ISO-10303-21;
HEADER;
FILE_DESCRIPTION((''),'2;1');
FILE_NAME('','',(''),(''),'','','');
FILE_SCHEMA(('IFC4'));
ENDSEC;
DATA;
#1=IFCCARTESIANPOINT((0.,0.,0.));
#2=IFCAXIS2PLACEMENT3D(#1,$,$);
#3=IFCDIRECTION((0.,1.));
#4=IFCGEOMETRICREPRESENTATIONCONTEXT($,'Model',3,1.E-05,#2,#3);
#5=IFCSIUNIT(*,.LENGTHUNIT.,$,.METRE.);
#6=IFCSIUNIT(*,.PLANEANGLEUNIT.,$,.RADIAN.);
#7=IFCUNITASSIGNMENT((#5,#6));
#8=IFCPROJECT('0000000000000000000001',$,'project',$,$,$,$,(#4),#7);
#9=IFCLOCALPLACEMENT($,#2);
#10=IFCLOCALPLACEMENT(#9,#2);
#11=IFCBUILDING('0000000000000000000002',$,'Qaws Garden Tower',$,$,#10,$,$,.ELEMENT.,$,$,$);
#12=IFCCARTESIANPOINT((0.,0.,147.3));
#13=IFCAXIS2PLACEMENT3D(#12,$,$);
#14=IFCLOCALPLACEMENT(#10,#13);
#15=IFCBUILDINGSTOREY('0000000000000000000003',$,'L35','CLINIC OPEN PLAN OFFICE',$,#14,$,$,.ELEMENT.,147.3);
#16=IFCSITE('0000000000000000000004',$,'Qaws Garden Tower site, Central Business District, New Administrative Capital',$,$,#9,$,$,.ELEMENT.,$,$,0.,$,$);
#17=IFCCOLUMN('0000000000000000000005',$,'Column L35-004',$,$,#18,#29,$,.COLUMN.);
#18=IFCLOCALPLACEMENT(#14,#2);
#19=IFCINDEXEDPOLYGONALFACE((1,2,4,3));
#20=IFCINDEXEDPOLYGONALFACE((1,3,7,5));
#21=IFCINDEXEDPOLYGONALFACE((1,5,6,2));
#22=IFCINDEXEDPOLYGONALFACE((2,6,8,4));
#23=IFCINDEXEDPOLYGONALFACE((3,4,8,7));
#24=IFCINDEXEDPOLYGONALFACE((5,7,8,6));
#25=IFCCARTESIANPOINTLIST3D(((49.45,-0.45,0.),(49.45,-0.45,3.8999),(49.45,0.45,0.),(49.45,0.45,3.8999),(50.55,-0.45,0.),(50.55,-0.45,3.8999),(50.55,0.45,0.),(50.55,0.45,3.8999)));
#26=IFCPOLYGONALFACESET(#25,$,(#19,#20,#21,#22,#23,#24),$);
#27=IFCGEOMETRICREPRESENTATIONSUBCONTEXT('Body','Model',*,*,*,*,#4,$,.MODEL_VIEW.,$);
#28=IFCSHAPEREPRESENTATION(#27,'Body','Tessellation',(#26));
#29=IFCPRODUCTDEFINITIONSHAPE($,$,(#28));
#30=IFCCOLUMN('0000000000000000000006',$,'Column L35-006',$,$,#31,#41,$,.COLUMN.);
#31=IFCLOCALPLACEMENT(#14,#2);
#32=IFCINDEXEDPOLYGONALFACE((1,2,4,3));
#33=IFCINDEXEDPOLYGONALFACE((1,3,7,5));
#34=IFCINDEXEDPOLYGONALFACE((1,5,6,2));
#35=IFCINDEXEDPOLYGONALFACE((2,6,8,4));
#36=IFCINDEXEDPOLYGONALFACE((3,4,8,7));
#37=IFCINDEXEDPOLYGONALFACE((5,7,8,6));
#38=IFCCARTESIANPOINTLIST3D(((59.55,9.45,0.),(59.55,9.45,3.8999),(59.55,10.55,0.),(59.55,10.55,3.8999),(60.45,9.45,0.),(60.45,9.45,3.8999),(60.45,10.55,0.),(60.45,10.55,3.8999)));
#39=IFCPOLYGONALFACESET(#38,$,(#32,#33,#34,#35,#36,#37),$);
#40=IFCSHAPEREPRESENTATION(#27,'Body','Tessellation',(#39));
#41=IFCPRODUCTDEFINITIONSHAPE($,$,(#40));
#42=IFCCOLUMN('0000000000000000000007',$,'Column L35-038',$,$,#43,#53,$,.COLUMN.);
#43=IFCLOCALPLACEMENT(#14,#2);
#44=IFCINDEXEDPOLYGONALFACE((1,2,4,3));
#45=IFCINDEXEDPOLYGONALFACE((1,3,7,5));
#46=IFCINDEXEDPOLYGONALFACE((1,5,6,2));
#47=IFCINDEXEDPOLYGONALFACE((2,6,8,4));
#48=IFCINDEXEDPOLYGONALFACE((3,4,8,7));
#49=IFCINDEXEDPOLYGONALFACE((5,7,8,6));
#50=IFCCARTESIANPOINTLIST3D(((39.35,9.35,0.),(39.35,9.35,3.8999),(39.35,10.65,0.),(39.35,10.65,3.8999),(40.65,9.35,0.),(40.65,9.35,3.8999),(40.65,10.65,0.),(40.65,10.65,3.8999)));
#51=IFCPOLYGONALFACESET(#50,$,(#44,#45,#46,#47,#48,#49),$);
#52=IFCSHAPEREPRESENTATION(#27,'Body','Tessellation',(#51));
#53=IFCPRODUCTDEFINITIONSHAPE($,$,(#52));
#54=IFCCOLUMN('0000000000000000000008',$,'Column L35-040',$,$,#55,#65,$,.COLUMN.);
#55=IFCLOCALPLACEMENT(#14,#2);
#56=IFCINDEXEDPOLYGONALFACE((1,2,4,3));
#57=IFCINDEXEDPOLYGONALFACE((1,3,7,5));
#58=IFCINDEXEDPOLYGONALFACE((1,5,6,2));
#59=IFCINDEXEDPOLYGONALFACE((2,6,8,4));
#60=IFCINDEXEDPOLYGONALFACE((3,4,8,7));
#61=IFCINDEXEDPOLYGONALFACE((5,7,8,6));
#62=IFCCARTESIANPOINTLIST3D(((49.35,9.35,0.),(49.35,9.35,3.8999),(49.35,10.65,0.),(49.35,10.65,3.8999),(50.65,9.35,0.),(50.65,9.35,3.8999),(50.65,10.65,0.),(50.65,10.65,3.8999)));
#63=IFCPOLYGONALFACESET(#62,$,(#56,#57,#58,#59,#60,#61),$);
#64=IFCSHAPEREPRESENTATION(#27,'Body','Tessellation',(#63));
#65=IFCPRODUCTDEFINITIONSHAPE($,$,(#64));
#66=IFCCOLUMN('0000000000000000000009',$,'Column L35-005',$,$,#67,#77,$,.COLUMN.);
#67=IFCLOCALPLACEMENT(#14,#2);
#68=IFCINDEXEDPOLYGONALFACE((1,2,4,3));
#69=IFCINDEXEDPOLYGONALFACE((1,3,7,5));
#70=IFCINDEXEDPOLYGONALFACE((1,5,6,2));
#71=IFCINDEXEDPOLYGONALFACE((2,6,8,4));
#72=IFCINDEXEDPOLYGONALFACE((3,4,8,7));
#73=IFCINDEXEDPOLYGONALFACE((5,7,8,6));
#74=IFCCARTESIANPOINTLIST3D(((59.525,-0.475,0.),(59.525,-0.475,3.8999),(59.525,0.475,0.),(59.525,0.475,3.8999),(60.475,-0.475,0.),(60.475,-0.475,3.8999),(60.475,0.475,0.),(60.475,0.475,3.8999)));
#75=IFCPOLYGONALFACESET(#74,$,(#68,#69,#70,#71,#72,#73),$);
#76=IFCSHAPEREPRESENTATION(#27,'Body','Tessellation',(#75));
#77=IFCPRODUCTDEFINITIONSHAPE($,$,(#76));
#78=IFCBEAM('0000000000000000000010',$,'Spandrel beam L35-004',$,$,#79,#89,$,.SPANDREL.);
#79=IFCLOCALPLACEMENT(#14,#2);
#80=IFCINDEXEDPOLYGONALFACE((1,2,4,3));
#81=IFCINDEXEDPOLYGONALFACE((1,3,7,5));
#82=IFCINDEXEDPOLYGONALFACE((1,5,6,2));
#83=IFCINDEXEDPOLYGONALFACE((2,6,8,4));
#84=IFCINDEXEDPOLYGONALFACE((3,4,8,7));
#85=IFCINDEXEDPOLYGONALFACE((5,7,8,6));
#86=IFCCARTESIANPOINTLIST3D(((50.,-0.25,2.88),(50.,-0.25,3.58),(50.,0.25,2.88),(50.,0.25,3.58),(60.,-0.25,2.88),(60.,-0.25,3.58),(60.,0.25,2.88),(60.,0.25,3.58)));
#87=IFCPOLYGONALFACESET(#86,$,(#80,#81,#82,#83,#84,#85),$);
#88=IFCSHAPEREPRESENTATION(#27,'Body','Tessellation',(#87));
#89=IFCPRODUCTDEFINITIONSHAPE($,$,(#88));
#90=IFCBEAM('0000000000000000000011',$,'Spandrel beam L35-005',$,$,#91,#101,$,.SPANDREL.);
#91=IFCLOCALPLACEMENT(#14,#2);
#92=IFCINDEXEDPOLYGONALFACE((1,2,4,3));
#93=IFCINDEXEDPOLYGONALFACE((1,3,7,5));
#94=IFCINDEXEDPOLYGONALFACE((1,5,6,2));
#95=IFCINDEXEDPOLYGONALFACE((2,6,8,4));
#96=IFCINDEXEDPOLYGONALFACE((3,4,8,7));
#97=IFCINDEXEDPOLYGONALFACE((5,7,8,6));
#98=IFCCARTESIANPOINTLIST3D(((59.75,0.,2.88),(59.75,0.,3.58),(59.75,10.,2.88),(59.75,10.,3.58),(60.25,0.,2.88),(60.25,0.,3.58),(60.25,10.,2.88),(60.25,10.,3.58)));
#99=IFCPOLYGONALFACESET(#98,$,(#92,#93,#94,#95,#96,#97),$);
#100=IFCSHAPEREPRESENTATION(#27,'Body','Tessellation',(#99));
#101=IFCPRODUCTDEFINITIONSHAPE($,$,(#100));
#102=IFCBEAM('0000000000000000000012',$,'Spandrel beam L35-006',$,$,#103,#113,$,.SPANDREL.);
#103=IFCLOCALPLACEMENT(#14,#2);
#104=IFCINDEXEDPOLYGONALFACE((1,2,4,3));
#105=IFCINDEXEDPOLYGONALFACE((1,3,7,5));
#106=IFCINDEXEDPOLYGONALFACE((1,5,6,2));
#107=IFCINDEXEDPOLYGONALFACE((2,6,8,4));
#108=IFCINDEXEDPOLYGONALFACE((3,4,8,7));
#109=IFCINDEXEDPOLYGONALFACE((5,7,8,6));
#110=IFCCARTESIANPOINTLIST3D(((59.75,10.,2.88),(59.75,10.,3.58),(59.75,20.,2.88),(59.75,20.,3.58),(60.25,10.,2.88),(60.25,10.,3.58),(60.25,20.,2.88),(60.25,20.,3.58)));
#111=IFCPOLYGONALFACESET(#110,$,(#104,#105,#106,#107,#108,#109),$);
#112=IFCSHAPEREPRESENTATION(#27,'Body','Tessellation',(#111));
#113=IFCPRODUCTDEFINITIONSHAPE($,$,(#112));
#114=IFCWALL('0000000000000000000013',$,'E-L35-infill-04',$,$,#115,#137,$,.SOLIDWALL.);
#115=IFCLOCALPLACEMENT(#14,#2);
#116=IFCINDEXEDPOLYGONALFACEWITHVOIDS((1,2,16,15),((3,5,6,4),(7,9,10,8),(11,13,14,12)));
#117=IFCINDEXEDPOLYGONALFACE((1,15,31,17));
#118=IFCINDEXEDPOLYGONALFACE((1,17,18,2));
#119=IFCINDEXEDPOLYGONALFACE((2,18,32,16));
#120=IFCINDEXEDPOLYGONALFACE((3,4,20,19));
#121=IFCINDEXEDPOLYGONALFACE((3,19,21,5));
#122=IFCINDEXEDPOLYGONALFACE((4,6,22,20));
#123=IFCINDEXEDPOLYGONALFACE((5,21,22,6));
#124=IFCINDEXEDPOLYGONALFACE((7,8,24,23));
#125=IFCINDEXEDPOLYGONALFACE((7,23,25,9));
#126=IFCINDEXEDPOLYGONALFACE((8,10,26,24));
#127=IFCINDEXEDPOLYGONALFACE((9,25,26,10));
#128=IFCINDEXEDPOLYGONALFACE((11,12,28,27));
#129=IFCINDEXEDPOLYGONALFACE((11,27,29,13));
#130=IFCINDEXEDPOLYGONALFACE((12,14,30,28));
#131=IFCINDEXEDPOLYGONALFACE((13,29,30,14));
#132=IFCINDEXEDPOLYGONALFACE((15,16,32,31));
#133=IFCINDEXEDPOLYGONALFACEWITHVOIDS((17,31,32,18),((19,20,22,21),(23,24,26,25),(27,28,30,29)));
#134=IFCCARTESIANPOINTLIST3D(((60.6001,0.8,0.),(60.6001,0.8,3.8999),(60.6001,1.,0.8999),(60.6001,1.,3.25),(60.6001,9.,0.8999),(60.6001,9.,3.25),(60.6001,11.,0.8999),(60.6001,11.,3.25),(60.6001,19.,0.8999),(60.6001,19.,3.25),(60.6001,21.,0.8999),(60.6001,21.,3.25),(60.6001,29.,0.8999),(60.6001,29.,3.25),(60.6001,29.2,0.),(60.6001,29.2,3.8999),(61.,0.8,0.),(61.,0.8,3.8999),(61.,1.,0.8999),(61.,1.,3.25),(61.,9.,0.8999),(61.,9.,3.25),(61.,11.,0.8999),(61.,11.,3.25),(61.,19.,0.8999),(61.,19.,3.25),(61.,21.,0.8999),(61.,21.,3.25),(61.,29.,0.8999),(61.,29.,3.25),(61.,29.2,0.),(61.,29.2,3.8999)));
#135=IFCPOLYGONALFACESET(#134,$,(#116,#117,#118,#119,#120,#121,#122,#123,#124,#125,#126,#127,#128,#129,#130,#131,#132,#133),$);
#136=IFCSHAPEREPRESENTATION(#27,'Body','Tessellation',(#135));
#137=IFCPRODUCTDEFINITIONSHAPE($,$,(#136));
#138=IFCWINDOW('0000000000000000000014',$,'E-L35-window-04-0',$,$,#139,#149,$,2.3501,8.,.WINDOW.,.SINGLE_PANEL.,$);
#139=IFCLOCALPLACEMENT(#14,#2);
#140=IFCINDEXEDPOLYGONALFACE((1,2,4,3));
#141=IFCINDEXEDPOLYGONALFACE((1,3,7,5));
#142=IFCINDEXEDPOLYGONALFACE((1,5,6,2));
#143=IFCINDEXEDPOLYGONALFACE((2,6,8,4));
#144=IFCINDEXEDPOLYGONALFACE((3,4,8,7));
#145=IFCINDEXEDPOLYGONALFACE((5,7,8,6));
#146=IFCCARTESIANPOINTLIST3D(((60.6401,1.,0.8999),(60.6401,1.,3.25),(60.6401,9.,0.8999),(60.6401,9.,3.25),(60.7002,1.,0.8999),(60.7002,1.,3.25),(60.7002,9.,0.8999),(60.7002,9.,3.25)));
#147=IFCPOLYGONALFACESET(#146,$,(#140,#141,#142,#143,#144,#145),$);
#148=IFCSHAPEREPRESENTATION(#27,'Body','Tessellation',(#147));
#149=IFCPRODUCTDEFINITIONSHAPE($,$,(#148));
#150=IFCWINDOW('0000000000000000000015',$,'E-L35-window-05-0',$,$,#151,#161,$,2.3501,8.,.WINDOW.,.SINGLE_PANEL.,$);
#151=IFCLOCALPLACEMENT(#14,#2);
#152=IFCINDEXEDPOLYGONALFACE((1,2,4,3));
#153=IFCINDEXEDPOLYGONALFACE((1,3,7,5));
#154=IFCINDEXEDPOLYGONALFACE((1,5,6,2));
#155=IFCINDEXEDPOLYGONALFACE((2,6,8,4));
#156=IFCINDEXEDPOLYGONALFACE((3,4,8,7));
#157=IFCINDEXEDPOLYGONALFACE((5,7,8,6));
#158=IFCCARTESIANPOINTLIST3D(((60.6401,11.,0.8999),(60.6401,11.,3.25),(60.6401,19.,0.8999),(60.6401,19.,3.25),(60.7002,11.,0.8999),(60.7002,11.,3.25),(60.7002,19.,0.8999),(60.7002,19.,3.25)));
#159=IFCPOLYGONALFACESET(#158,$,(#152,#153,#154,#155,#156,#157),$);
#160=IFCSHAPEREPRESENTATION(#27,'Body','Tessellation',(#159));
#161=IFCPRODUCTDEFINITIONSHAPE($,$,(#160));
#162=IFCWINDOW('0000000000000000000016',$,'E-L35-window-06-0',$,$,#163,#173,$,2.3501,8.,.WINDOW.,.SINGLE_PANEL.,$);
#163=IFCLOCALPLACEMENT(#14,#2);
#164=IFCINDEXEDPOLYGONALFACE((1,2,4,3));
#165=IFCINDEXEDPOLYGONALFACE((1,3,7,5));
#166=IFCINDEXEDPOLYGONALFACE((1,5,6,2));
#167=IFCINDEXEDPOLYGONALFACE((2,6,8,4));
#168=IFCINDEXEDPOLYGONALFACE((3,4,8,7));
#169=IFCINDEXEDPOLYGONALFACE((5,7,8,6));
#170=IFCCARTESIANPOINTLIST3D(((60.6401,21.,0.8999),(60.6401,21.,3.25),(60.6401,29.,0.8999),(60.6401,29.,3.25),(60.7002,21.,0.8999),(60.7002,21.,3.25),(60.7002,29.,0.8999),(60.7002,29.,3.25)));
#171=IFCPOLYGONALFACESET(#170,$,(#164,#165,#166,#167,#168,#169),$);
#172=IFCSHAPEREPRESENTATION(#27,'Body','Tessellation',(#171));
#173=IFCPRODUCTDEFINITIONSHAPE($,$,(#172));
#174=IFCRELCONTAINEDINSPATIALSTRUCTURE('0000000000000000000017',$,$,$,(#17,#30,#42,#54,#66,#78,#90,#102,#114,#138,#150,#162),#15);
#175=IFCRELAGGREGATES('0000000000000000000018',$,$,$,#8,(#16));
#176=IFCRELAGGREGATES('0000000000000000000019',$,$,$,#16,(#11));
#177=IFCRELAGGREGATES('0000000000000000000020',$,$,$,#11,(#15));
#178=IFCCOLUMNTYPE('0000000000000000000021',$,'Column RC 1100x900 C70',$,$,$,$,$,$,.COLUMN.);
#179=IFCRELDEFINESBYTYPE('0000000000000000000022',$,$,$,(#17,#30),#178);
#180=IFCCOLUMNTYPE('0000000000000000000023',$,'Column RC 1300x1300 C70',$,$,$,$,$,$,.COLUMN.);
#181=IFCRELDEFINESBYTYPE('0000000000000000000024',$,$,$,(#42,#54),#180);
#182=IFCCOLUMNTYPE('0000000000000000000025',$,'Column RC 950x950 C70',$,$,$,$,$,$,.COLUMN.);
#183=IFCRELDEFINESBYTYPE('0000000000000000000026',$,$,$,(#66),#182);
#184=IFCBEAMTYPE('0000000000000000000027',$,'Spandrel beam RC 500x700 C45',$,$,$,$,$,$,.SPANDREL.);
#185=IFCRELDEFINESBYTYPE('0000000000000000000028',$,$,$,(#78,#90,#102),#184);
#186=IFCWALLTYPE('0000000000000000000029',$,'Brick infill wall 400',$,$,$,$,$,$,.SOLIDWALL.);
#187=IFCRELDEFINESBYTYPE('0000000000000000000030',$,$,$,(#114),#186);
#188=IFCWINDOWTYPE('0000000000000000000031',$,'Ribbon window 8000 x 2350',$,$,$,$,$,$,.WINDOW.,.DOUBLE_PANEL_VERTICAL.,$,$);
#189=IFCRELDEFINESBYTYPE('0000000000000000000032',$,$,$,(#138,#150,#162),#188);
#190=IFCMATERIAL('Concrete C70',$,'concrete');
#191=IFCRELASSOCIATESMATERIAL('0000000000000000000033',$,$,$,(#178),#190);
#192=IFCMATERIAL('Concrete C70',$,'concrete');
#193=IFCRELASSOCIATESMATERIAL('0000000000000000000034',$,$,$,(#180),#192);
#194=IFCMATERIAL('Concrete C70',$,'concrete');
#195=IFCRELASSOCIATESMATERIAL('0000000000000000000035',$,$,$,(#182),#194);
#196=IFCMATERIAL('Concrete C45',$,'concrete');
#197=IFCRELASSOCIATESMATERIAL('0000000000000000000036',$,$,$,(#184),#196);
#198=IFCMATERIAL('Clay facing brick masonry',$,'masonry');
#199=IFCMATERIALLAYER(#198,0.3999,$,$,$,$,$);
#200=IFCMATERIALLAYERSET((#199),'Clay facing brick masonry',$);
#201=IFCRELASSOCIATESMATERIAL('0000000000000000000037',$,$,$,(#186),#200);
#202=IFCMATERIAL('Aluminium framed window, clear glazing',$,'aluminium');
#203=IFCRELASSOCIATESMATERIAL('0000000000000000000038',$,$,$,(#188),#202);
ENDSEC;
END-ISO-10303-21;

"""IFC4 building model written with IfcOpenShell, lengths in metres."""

from ifc_helpers import new_model, si_unit, direction, frame, frame_2d, origin, origin_2d, place, context, subcontext, project, spatial, rectangle, extrude, material, layer, layer_set, material_profile, profile_set, type_object, element, fill, save


model = new_model("IFC4")

# Units and contexts
model_context = context("Model", 3, precision=1e-05, world=origin(), true_north=direction((0.0, 1.0)))
body_context = subcontext(model_context, "Body", "Model", "MODEL_VIEW")
ifc_project = project(units=[si_unit("LENGTHUNIT", "METRE"), si_unit("PLANEANGLEUNIT", "RADIAN")], contexts=[model_context])

# Site, building, storey
site_placement = place(None, origin())
site = spatial("IfcSite", under=ifc_project, at=site_placement, Name="Qaws Garden Tower site, Central Business District, New Administrative Capital", CompositionType="ELEMENT", RefElevation=0.0)
building_placement = place(site_placement, origin())
building = spatial("IfcBuilding", under=site, at=building_placement, Name="Qaws Garden Tower", CompositionType="ELEMENT")
storey_placement = place(building_placement, frame((0.0, 0.0, 147.3)))
storey = spatial("IfcBuildingStorey", under=building, at=storey_placement, Name="L35", Description="CLINIC OPEN PLAN OFFICE", CompositionType="ELEMENT", Elevation=147.3)

# Columns
ifc_material_1 = material(Name="Concrete C70", Category="concrete")
ifc_material_profile_1 = material_profile(ifc_material_1, rectangle(XDim=1.1001, YDim=0.8999, at=origin_2d()), Name="RC 1100x900")
ifc_profile_set_1 = profile_set([ifc_material_profile_1], Name="Concrete C70")
column_type_1 = type_object("IfcColumnType", Name="Column RC 1100x900 C70", PredefinedType="COLUMN", material=ifc_profile_set_1)
for number, where, z_axis, x_axis, name in (
    (1, (50.0, 0.0, 0.0), (0.0, 0.0, 1.0), (1.0, 0.0, 0.0), "Column L35-004"),
    (2, (60.0, 10.0, 0.0), (0.0, 0.0, 1.0), (0.0, 1.0, 0.0), "Column L35-006"),
):
    element("IfcColumn", number, at=place(storey_placement, frame(where, z_axis=z_axis, x_axis=x_axis)), inside=storey, type_object=column_type_1, Name=name, PredefinedType="COLUMN", context=body_context, shape_type="SweptSolid", body=[
        extrude(rectangle(XDim=1.1001, YDim=0.8999, at=origin_2d()), origin(), (0.0, 0.0, 1.0), 3.8999),
    ])
ifc_material_2 = material(Name="Concrete C70", Category="concrete")
ifc_material_profile_2 = material_profile(ifc_material_2, rectangle(XDim=1.3, YDim=1.3, at=origin_2d()), Name="RC 1300x1300")
ifc_profile_set_2 = profile_set([ifc_material_profile_2], Name="Concrete C70")
column_type_2 = type_object("IfcColumnType", Name="Column RC 1300x1300 C70", PredefinedType="COLUMN", material=ifc_profile_set_2)
for number, where, z_axis, x_axis, name in (
    (3, (40.0, 10.0, 0.0), (0.0, 0.0, 1.0), (1.0, 0.0, 0.0), "Column L35-038"),
    (4, (50.0, 10.0, 0.0), (0.0, 0.0, 1.0), (1.0, 0.0, 0.0), "Column L35-040"),
):
    element("IfcColumn", number, at=place(storey_placement, frame(where, z_axis=z_axis, x_axis=x_axis)), inside=storey, type_object=column_type_2, Name=name, PredefinedType="COLUMN", context=body_context, shape_type="SweptSolid", body=[
        extrude(rectangle(XDim=1.3, YDim=1.3, at=origin_2d()), origin(), (0.0, 0.0, 1.0), 3.8999),
    ])
ifc_material_3 = material(Name="Concrete C70", Category="concrete")
ifc_material_profile_3 = material_profile(ifc_material_3, rectangle(XDim=0.95, YDim=0.95, at=origin_2d()), Name="RC 950x950")
ifc_profile_set_3 = profile_set([ifc_material_profile_3], Name="Concrete C70")
column_type_3 = type_object("IfcColumnType", Name="Column RC 950x950 C70", PredefinedType="COLUMN", material=ifc_profile_set_3)
column_placement = place(storey_placement, frame((60.0, 0.0, 0.0), z_axis=(0.0, 0.0, 1.0), x_axis=(1.0, 0.0, 0.0)))
element("IfcColumn", 5, at=column_placement, inside=storey, type_object=column_type_3, Name="Column L35-005", PredefinedType="COLUMN", context=body_context, shape_type="SweptSolid", body=[
    extrude(rectangle(XDim=0.95, YDim=0.95, at=origin_2d()), origin(), (0.0, 0.0, 1.0), 3.8999),
])

# Beams
ifc_material_4 = material(Name="Concrete C45", Category="concrete")
ifc_material_profile_4 = material_profile(ifc_material_4, rectangle(XDim=0.5, YDim=0.7, at=origin_2d()), Name="RC 500x700")
ifc_profile_set_4 = profile_set([ifc_material_profile_4], Name="Concrete C45")
beam_type = type_object("IfcBeamType", Name="Spandrel beam RC 500x700 C45", PredefinedType="SPANDREL", material=ifc_profile_set_4)
for number, where, z_axis, x_axis, name in (
    (6, (50.0, 0.0, 3.23), (1.0, 0.0, 0.0), (0.0, 1.0, 0.0), "Spandrel beam L35-004"),
    (7, (60.0, 0.0, 3.23), (0.0, 1.0, 0.0), (-1.0, 0.0, 0.0), "Spandrel beam L35-005"),
    (8, (60.0, 10.0, 3.23), (0.0, 1.0, 0.0), (-1.0, 0.0, 0.0), "Spandrel beam L35-006"),
):
    element("IfcBeam", number, at=place(storey_placement, frame(where, z_axis=z_axis, x_axis=x_axis)), inside=storey, type_object=beam_type, Name=name, PredefinedType="SPANDREL", context=body_context, shape_type="SweptSolid", body=[
        extrude(rectangle(XDim=0.5, YDim=0.7, at=origin_2d()), origin(), (0.0, 0.0, 1.0), 10.0),
    ])

# Wall, openings, windows
ifc_material_5 = material(Name="Clay facing brick masonry", Category="masonry")
ifc_layer_1 = layer(ifc_material_5, 0.3999)
ifc_layer_set_1 = layer_set([ifc_layer_1], Name="Clay facing brick masonry")
wall_type_1 = type_object("IfcWallType", Name="Brick infill wall 400", PredefinedType="SOLIDWALL", material=ifc_layer_set_1)
wall_1_placement = place(storey_placement, frame((60.8, 0.8, 0.0), z_axis=(0.0, 0.0, 1.0), x_axis=(0.0, 1.0, 0.0)))
wall_1 = element("IfcWall", 9, at=wall_1_placement, inside=storey, type_object=wall_type_1, Name="E-L35-infill-04", PredefinedType="SOLIDWALL", context=body_context, shape_type="SweptSolid", body=[
    extrude(rectangle(XDim=28.3999, YDim=0.3999, at=frame_2d((14.2, 0.0))), origin(), (0.0, 0.0, 1.0), 3.8999),
])
opening_1_placement = place(wall_1_placement, frame((0.2, 0.0, 0.8999)))
opening_1 = element("IfcOpeningElement", 10, at=opening_1_placement, cuts=wall_1, PredefinedType="OPENING", context=body_context, shape_type="SweptSolid", body=[
    extrude(rectangle(XDim=8.0, YDim=2.3501, at=frame_2d((4.0, 1.175))), frame((0.0, 0.21, 0.0), z_axis=(0.0, -1.0, 0.0), x_axis=(1.0, 0.0, 0.0)), (0.0, 0.0, 1.0), 0.4199),
])
opening_2_placement = place(wall_1_placement, frame((10.2, 0.0, 0.8999)))
opening_2 = element("IfcOpeningElement", 11, at=opening_2_placement, cuts=wall_1, PredefinedType="OPENING", context=body_context, shape_type="SweptSolid", body=[
    extrude(rectangle(XDim=8.0, YDim=2.3501, at=frame_2d((4.0, 1.175))), frame((0.0, 0.21, 0.0), z_axis=(0.0, -1.0, 0.0), x_axis=(1.0, 0.0, 0.0)), (0.0, 0.0, 1.0), 0.4199),
])
opening_3_placement = place(wall_1_placement, frame((20.2, 0.0, 0.8999)))
opening_3 = element("IfcOpeningElement", 12, at=opening_3_placement, cuts=wall_1, PredefinedType="OPENING", context=body_context, shape_type="SweptSolid", body=[
    extrude(rectangle(XDim=8.0, YDim=2.3501, at=frame_2d((4.0, 1.175))), frame((0.0, 0.21, 0.0), z_axis=(0.0, -1.0, 0.0), x_axis=(1.0, 0.0, 0.0)), (0.0, 0.0, 1.0), 0.4199),
])
ifc_material_6 = material(Name="Aluminium framed window, clear glazing", Category="aluminium")
window_type = type_object("IfcWindowType", Name="Ribbon window 8000 x 2350", PartitioningType="DOUBLE_PANEL_VERTICAL", PredefinedType="WINDOW", material=ifc_material_6)
window_1_placement = place(opening_1_placement, origin())
window_1 = element("IfcWindow", 13, at=window_1_placement, inside=storey, type_object=window_type, Name="E-L35-window-04-0", OverallHeight=2.3501, OverallWidth=8.0, PartitioningType="SINGLE_PANEL", PredefinedType="WINDOW", context=body_context, shape_type="SweptSolid", body=[
    extrude(rectangle(XDim=8.0, YDim=2.3501, at=frame_2d((4.0, 1.175))), frame((0.0, 0.1599, 0.0), z_axis=(0.0, -1.0, 0.0), x_axis=(1.0, 0.0, 0.0)), (0.0, 0.0, 1.0), 0.0601),
])
fill(opening_1, window_1)
window_2_placement = place(opening_2_placement, origin())
window_2 = element("IfcWindow", 14, at=window_2_placement, inside=storey, type_object=window_type, Name="E-L35-window-05-0", OverallHeight=2.3501, OverallWidth=8.0, PartitioningType="SINGLE_PANEL", PredefinedType="WINDOW", context=body_context, shape_type="SweptSolid", body=[
    extrude(rectangle(XDim=8.0, YDim=2.3501, at=frame_2d((4.0, 1.175))), frame((0.0, 0.1599, 0.0), z_axis=(0.0, -1.0, 0.0), x_axis=(1.0, 0.0, 0.0)), (0.0, 0.0, 1.0), 0.0601),
])
fill(opening_2, window_2)
window_3_placement = place(opening_3_placement, origin())
window_3 = element("IfcWindow", 15, at=window_3_placement, inside=storey, type_object=window_type, Name="E-L35-window-06-0", OverallHeight=2.3501, OverallWidth=8.0, PartitioningType="SINGLE_PANEL", PredefinedType="WINDOW", context=body_context, shape_type="SweptSolid", body=[
    extrude(rectangle(XDim=8.0, YDim=2.3501, at=frame_2d((4.0, 1.175))), frame((0.0, 0.1599, 0.0), z_axis=(0.0, -1.0, 0.0), x_axis=(1.0, 0.0, 0.0)), (0.0, 0.0, 1.0), 0.0601),
])
fill(opening_3, window_3)

save(model, "model.ifc")
